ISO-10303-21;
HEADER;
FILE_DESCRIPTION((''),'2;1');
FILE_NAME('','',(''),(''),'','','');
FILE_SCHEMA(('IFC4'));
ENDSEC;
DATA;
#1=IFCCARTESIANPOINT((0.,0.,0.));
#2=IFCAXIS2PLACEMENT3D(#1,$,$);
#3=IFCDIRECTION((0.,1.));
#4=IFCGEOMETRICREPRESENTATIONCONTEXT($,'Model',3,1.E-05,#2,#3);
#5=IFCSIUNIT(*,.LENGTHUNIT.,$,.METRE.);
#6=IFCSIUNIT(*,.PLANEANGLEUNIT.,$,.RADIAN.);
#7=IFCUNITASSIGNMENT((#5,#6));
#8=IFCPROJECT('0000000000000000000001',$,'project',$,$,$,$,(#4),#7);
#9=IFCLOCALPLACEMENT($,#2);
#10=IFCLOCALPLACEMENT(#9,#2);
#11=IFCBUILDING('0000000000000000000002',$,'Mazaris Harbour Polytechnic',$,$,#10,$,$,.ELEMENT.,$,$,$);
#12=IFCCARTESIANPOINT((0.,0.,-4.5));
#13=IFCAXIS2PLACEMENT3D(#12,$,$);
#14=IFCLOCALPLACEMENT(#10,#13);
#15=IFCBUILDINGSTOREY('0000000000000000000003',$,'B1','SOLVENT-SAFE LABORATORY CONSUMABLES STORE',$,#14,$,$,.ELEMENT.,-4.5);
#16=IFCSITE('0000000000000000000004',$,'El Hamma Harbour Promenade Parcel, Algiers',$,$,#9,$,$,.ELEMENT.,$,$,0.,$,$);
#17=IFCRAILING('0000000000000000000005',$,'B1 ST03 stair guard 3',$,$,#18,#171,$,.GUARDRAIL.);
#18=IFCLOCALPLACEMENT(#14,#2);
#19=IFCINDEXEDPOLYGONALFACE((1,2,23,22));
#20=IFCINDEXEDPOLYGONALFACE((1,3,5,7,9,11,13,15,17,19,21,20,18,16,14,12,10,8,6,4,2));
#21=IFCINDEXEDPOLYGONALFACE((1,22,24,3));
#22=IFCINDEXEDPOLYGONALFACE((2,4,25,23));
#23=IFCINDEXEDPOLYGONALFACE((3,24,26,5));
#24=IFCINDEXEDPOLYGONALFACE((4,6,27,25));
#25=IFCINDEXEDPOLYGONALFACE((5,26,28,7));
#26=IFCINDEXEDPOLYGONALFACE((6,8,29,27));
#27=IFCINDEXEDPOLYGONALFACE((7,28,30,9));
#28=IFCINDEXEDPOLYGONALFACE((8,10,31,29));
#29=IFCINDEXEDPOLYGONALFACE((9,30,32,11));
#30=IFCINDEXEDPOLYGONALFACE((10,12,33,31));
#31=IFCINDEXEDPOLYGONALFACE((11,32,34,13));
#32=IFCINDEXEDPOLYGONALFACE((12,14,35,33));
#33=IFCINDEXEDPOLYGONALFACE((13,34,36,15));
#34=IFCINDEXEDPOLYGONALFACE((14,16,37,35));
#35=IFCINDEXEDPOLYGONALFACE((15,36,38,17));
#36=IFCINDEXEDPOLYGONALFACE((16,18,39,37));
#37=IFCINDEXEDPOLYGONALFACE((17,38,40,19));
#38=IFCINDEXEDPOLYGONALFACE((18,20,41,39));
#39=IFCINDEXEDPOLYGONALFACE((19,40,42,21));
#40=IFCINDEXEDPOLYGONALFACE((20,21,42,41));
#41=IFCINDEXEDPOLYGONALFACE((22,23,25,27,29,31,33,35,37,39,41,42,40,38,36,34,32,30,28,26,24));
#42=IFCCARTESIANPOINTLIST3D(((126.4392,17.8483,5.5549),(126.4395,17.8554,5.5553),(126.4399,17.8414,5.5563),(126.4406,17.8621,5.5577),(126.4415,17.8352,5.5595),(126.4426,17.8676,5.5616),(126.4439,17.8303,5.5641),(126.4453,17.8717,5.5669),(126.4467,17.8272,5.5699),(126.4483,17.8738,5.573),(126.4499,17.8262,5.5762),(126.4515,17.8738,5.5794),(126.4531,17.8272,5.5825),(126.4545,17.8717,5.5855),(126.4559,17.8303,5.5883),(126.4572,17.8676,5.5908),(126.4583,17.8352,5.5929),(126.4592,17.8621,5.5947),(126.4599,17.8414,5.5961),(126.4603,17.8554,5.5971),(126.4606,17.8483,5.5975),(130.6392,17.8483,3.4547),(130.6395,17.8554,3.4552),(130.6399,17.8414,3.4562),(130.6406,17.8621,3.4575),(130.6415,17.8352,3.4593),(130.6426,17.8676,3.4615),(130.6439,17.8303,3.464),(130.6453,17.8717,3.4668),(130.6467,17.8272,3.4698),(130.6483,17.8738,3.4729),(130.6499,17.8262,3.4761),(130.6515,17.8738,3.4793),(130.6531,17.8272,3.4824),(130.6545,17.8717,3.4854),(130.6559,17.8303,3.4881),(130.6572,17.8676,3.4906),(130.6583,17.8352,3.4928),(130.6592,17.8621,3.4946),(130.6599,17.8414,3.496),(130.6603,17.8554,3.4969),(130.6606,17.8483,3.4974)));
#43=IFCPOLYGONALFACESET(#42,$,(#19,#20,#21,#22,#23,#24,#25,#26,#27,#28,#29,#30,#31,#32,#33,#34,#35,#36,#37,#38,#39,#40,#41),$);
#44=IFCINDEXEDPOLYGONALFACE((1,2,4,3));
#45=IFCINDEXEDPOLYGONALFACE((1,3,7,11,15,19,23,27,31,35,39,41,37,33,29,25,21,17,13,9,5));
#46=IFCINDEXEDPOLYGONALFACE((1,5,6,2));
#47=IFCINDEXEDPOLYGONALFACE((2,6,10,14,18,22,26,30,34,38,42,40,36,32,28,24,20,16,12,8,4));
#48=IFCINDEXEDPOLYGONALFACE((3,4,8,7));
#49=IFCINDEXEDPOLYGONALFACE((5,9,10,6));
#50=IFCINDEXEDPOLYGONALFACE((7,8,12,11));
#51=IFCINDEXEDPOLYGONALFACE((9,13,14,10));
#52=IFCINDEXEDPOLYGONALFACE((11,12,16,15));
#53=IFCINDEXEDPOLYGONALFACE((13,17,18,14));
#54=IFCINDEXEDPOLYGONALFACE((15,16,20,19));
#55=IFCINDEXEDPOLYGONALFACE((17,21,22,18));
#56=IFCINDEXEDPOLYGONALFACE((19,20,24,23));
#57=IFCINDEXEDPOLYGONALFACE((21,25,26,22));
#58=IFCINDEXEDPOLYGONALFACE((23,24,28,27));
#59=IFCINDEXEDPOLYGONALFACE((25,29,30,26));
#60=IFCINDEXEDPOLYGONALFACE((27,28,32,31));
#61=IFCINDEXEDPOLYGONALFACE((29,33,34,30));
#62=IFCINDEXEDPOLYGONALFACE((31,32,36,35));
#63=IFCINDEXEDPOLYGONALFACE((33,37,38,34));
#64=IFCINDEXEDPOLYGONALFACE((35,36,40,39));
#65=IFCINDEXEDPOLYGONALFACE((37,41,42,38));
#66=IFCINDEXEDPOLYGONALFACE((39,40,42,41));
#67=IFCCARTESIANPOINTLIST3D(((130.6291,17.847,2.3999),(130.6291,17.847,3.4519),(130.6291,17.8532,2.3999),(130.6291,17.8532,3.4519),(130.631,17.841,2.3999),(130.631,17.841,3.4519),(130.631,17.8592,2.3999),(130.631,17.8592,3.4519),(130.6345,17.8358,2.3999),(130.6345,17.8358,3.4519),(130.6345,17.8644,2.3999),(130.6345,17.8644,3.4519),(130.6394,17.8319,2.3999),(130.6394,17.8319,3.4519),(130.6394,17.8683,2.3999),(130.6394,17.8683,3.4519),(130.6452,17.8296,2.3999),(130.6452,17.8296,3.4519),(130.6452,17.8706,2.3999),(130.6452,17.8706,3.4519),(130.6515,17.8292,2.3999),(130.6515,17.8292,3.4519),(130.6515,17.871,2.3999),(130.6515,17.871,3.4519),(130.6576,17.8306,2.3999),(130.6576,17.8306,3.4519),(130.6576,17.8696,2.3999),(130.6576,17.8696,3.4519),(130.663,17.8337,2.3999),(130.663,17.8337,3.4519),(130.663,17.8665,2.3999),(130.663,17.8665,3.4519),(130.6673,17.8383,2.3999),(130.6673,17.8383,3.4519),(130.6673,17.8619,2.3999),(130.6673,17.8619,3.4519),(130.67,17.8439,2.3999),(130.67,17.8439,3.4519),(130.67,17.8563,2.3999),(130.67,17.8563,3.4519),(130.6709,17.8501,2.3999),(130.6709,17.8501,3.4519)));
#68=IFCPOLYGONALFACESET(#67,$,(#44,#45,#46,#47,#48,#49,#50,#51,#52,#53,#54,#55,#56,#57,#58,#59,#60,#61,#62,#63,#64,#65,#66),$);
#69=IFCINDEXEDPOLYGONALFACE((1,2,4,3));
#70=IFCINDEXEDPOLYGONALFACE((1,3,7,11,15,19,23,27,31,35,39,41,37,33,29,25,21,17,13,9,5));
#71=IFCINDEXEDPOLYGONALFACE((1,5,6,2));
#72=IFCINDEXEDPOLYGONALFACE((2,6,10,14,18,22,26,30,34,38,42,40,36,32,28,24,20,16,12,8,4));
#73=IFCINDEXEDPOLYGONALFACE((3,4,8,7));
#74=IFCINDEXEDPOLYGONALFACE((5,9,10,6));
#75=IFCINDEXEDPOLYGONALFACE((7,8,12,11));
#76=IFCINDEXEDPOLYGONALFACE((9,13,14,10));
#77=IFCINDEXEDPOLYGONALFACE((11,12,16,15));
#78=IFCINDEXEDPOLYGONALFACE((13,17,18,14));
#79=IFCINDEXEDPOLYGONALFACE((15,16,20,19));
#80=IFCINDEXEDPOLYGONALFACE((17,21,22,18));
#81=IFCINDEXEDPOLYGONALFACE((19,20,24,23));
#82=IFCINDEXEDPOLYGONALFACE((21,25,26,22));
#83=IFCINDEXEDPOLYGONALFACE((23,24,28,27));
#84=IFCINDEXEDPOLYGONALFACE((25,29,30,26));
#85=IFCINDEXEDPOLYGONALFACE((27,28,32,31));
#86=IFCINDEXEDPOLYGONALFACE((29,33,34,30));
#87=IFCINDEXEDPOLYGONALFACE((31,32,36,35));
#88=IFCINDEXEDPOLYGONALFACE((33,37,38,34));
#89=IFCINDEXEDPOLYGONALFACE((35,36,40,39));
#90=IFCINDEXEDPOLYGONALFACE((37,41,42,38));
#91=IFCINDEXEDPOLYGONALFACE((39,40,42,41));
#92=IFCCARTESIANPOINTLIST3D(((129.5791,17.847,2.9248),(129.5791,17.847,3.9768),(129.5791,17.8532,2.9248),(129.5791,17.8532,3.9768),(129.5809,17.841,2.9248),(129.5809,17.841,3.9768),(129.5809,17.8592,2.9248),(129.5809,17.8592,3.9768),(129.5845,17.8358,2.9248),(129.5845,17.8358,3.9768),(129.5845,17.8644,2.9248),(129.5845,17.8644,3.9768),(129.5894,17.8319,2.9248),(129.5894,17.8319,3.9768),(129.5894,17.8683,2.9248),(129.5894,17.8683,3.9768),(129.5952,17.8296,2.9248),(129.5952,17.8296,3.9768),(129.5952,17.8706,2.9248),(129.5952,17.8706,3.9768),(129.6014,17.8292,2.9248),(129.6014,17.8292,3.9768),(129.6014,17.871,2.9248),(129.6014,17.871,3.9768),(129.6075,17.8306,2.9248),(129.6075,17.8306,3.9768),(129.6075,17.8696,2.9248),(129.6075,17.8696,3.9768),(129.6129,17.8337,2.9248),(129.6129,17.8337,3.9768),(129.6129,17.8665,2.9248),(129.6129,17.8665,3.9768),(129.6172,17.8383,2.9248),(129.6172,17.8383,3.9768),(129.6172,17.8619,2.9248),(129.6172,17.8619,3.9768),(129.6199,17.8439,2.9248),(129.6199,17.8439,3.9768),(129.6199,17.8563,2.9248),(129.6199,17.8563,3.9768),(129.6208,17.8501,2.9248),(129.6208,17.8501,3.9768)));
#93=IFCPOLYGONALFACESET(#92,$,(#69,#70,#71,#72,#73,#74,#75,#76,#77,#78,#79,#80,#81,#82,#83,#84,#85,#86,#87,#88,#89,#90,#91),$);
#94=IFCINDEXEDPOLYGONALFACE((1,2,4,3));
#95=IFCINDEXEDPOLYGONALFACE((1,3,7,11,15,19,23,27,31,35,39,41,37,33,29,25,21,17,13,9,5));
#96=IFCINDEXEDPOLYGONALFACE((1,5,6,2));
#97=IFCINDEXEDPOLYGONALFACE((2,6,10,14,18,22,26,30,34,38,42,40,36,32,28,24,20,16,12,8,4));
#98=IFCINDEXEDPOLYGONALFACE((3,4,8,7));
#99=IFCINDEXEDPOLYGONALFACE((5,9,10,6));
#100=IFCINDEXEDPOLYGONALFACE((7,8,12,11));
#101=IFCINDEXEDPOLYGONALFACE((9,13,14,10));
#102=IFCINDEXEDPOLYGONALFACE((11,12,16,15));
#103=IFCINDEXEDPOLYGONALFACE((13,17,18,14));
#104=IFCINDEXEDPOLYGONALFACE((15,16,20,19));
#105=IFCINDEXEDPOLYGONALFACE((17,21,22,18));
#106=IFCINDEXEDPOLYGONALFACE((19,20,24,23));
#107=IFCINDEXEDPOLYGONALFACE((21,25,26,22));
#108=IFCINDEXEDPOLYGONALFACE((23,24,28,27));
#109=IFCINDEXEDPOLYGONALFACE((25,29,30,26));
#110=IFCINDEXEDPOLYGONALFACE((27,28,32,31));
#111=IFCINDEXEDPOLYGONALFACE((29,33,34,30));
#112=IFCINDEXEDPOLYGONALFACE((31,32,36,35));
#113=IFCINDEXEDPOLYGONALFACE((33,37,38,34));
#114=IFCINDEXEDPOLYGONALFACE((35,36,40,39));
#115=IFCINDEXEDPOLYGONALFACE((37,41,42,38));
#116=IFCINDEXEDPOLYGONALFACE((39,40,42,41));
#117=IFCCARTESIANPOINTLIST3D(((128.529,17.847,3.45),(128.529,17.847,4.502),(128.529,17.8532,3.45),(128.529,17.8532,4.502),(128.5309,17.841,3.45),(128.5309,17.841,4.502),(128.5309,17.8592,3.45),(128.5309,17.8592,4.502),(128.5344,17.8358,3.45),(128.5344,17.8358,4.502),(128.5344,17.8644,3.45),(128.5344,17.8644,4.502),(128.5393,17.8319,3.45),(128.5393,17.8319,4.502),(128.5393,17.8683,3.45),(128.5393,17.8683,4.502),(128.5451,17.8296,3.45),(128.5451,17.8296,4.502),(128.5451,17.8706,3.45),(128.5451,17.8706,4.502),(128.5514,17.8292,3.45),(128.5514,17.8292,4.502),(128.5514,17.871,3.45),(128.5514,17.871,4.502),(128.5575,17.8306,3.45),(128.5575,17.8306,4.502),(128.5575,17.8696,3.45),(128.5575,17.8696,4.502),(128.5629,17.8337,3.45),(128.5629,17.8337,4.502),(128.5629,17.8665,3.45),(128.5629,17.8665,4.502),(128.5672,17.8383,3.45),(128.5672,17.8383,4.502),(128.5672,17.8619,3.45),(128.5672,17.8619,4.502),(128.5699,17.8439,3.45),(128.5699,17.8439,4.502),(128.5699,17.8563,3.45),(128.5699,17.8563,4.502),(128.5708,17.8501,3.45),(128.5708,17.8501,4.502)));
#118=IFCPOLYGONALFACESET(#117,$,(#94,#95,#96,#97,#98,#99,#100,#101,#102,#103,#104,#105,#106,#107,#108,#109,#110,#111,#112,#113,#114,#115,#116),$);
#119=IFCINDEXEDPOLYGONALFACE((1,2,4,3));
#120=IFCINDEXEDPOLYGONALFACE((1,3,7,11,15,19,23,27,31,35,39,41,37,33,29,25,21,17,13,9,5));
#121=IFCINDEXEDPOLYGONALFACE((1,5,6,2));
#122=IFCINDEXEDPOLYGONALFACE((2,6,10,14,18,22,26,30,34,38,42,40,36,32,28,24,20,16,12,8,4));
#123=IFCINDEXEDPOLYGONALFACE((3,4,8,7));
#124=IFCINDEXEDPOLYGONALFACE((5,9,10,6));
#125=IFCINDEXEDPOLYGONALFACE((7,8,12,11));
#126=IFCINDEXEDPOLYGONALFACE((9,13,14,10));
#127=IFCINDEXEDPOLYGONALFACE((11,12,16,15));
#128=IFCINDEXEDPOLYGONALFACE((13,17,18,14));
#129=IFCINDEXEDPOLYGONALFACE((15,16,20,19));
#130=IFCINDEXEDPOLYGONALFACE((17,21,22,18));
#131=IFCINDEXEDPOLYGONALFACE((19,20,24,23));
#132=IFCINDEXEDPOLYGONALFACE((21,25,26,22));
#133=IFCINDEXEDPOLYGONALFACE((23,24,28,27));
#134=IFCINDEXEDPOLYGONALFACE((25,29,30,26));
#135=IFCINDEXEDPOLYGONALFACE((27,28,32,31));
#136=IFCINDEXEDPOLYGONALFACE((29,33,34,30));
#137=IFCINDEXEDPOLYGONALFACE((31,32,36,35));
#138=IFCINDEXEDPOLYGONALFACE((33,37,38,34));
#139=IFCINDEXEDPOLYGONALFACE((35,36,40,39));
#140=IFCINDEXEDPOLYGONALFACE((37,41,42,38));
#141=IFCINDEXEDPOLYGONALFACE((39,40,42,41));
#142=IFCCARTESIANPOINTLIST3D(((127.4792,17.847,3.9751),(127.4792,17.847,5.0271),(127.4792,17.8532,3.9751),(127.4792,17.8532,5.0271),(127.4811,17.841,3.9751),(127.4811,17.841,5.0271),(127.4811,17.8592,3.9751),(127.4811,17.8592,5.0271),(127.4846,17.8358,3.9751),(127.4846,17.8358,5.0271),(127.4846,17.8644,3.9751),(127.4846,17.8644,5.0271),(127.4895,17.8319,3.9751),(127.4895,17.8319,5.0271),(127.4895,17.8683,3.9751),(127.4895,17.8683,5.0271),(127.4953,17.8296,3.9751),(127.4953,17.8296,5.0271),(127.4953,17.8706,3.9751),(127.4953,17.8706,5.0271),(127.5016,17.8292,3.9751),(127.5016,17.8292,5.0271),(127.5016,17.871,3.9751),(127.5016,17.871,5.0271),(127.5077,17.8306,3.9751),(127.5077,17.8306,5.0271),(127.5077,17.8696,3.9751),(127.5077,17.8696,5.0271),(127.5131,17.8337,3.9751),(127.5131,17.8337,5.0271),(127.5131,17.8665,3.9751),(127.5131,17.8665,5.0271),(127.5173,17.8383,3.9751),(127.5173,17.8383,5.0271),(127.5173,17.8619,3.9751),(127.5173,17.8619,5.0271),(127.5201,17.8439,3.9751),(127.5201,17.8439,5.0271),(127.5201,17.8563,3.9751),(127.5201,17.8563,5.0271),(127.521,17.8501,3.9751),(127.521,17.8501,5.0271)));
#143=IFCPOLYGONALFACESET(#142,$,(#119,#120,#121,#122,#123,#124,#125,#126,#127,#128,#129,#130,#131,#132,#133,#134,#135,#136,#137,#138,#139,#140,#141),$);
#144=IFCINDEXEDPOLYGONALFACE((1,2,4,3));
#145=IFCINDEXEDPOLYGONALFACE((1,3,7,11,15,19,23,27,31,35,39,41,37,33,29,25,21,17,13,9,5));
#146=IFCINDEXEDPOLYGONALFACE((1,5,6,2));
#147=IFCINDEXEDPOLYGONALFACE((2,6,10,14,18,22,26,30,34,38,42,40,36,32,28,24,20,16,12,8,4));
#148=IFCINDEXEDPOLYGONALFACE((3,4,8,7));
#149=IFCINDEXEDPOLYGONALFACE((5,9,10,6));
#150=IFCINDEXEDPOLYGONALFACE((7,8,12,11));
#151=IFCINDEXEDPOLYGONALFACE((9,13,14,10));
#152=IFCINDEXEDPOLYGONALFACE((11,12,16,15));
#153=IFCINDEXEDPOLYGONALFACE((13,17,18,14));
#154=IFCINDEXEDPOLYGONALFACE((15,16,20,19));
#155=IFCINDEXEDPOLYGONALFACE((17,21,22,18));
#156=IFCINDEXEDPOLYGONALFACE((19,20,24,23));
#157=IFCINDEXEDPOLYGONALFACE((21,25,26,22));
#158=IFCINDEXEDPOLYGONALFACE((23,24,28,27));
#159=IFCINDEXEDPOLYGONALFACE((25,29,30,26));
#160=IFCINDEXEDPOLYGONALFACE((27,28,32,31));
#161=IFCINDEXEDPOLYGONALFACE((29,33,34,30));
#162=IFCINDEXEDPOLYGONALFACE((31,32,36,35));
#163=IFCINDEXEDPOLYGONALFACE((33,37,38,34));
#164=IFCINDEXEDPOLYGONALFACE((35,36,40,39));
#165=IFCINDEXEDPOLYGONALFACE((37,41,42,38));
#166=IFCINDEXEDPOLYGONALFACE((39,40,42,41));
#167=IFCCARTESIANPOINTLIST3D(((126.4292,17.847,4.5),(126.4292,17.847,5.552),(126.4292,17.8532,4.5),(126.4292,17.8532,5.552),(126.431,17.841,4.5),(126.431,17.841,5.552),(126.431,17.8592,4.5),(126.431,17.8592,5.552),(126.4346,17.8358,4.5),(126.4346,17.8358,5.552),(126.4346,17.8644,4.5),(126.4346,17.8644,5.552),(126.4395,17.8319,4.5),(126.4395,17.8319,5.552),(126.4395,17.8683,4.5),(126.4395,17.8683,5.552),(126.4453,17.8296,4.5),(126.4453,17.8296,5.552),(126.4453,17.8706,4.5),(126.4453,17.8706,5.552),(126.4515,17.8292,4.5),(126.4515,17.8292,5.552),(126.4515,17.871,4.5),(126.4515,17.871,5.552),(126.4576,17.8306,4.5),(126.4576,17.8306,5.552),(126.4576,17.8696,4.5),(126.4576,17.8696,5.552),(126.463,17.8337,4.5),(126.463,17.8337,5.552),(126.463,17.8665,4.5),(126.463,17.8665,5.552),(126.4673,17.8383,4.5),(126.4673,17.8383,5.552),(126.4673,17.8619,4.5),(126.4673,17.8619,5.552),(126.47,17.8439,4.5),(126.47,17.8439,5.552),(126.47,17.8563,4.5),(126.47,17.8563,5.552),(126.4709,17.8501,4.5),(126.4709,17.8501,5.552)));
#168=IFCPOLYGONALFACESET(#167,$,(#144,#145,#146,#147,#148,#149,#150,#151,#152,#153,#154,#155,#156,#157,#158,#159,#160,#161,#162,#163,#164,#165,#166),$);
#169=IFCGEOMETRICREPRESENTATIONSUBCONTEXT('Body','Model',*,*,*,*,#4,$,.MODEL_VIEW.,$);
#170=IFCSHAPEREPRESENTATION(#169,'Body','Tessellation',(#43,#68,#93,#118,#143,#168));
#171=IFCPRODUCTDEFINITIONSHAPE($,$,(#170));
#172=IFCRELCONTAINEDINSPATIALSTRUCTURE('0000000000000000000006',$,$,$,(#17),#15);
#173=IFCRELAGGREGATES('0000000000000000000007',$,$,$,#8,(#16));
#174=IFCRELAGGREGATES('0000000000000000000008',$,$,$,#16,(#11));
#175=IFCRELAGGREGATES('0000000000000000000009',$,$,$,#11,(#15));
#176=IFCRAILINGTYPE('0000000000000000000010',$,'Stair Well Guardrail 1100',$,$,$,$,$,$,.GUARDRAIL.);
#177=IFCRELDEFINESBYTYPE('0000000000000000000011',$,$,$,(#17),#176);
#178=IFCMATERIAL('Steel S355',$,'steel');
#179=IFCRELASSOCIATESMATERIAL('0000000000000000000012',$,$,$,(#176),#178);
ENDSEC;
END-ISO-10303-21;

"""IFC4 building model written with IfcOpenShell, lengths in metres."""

from ifc_helpers import new_model, si_unit, direction, frame, origin, origin_2d, place, context, subcontext, project, spatial, circle, extrude, material, type_object, element, save


model = new_model("IFC4")

# Units and contexts
model_context = context("Model", 3, precision=1e-05, world=origin(), true_north=direction((0.0, 1.0)))
body_context = subcontext(model_context, "Body", "Model", "MODEL_VIEW")
ifc_project = project(units=[si_unit("LENGTHUNIT", "METRE"), si_unit("PLANEANGLEUNIT", "RADIAN")], contexts=[model_context])

# Site, building, storey
site_placement = place(None, origin())
site = spatial("IfcSite", under=ifc_project, at=site_placement, Name="El Hamma Harbour Promenade Parcel, Algiers", CompositionType="ELEMENT", RefElevation=0.0)
building_placement = place(site_placement, origin())
building = spatial("IfcBuilding", under=site, at=building_placement, Name="Mazaris Harbour Polytechnic", CompositionType="ELEMENT")
storey_placement = place(building_placement, frame((0.0, 0.0, -4.5)))
storey = spatial("IfcBuildingStorey", under=building, at=storey_placement, Name="B1", Description="SOLVENT-SAFE LABORATORY CONSUMABLES STORE", CompositionType="ELEMENT", Elevation=-4.5)

# Railing
ifc_material_1 = material(Name="Steel S355", Category="steel")
railing_type_1 = type_object("IfcRailingType", Name="Stair Well Guardrail 1100", PredefinedType="GUARDRAIL", material=ifc_material_1)
railing_1_placement = place(storey_placement, frame((130.6499, 17.8501, 2.3999)))
element("IfcRailing", 1, at=railing_1_placement, inside=storey, type_object=railing_type_1, Name="B1 ST03 stair guard 3", PredefinedType="GUARDRAIL", context=body_context, shape_type="SweptSolid", body=[
    extrude(circle(Radius=0.0239, at=origin_2d()), frame((0.0, 0.0, 1.0762), z_axis=(-0.894417, 0.0, 0.447234), x_axis=(0.0, -1.0, 0.0)), (0.0, 0.0, 1.0), 4.6958),
    extrude(circle(Radius=0.021, at=origin_2d()), origin(), (0.0, 0.0, 1.0), 1.052),
    extrude(circle(Radius=0.021, at=origin_2d()), frame((-1.05, 0.0, 0.5249)), (0.0, 0.0, 1.0), 1.052),
    extrude(circle(Radius=0.021, at=origin_2d()), frame((-2.1001, 0.0, 1.05)), (0.0, 0.0, 1.0), 1.052),
    extrude(circle(Radius=0.021, at=origin_2d()), frame((-3.1499, 0.0, 1.5752)), (0.0, 0.0, 1.0), 1.052),
    extrude(circle(Radius=0.021, at=origin_2d()), frame((-4.2, 0.0, 2.1001)), (0.0, 0.0, 1.0), 1.052),
])

save(model, "model.ifc")
